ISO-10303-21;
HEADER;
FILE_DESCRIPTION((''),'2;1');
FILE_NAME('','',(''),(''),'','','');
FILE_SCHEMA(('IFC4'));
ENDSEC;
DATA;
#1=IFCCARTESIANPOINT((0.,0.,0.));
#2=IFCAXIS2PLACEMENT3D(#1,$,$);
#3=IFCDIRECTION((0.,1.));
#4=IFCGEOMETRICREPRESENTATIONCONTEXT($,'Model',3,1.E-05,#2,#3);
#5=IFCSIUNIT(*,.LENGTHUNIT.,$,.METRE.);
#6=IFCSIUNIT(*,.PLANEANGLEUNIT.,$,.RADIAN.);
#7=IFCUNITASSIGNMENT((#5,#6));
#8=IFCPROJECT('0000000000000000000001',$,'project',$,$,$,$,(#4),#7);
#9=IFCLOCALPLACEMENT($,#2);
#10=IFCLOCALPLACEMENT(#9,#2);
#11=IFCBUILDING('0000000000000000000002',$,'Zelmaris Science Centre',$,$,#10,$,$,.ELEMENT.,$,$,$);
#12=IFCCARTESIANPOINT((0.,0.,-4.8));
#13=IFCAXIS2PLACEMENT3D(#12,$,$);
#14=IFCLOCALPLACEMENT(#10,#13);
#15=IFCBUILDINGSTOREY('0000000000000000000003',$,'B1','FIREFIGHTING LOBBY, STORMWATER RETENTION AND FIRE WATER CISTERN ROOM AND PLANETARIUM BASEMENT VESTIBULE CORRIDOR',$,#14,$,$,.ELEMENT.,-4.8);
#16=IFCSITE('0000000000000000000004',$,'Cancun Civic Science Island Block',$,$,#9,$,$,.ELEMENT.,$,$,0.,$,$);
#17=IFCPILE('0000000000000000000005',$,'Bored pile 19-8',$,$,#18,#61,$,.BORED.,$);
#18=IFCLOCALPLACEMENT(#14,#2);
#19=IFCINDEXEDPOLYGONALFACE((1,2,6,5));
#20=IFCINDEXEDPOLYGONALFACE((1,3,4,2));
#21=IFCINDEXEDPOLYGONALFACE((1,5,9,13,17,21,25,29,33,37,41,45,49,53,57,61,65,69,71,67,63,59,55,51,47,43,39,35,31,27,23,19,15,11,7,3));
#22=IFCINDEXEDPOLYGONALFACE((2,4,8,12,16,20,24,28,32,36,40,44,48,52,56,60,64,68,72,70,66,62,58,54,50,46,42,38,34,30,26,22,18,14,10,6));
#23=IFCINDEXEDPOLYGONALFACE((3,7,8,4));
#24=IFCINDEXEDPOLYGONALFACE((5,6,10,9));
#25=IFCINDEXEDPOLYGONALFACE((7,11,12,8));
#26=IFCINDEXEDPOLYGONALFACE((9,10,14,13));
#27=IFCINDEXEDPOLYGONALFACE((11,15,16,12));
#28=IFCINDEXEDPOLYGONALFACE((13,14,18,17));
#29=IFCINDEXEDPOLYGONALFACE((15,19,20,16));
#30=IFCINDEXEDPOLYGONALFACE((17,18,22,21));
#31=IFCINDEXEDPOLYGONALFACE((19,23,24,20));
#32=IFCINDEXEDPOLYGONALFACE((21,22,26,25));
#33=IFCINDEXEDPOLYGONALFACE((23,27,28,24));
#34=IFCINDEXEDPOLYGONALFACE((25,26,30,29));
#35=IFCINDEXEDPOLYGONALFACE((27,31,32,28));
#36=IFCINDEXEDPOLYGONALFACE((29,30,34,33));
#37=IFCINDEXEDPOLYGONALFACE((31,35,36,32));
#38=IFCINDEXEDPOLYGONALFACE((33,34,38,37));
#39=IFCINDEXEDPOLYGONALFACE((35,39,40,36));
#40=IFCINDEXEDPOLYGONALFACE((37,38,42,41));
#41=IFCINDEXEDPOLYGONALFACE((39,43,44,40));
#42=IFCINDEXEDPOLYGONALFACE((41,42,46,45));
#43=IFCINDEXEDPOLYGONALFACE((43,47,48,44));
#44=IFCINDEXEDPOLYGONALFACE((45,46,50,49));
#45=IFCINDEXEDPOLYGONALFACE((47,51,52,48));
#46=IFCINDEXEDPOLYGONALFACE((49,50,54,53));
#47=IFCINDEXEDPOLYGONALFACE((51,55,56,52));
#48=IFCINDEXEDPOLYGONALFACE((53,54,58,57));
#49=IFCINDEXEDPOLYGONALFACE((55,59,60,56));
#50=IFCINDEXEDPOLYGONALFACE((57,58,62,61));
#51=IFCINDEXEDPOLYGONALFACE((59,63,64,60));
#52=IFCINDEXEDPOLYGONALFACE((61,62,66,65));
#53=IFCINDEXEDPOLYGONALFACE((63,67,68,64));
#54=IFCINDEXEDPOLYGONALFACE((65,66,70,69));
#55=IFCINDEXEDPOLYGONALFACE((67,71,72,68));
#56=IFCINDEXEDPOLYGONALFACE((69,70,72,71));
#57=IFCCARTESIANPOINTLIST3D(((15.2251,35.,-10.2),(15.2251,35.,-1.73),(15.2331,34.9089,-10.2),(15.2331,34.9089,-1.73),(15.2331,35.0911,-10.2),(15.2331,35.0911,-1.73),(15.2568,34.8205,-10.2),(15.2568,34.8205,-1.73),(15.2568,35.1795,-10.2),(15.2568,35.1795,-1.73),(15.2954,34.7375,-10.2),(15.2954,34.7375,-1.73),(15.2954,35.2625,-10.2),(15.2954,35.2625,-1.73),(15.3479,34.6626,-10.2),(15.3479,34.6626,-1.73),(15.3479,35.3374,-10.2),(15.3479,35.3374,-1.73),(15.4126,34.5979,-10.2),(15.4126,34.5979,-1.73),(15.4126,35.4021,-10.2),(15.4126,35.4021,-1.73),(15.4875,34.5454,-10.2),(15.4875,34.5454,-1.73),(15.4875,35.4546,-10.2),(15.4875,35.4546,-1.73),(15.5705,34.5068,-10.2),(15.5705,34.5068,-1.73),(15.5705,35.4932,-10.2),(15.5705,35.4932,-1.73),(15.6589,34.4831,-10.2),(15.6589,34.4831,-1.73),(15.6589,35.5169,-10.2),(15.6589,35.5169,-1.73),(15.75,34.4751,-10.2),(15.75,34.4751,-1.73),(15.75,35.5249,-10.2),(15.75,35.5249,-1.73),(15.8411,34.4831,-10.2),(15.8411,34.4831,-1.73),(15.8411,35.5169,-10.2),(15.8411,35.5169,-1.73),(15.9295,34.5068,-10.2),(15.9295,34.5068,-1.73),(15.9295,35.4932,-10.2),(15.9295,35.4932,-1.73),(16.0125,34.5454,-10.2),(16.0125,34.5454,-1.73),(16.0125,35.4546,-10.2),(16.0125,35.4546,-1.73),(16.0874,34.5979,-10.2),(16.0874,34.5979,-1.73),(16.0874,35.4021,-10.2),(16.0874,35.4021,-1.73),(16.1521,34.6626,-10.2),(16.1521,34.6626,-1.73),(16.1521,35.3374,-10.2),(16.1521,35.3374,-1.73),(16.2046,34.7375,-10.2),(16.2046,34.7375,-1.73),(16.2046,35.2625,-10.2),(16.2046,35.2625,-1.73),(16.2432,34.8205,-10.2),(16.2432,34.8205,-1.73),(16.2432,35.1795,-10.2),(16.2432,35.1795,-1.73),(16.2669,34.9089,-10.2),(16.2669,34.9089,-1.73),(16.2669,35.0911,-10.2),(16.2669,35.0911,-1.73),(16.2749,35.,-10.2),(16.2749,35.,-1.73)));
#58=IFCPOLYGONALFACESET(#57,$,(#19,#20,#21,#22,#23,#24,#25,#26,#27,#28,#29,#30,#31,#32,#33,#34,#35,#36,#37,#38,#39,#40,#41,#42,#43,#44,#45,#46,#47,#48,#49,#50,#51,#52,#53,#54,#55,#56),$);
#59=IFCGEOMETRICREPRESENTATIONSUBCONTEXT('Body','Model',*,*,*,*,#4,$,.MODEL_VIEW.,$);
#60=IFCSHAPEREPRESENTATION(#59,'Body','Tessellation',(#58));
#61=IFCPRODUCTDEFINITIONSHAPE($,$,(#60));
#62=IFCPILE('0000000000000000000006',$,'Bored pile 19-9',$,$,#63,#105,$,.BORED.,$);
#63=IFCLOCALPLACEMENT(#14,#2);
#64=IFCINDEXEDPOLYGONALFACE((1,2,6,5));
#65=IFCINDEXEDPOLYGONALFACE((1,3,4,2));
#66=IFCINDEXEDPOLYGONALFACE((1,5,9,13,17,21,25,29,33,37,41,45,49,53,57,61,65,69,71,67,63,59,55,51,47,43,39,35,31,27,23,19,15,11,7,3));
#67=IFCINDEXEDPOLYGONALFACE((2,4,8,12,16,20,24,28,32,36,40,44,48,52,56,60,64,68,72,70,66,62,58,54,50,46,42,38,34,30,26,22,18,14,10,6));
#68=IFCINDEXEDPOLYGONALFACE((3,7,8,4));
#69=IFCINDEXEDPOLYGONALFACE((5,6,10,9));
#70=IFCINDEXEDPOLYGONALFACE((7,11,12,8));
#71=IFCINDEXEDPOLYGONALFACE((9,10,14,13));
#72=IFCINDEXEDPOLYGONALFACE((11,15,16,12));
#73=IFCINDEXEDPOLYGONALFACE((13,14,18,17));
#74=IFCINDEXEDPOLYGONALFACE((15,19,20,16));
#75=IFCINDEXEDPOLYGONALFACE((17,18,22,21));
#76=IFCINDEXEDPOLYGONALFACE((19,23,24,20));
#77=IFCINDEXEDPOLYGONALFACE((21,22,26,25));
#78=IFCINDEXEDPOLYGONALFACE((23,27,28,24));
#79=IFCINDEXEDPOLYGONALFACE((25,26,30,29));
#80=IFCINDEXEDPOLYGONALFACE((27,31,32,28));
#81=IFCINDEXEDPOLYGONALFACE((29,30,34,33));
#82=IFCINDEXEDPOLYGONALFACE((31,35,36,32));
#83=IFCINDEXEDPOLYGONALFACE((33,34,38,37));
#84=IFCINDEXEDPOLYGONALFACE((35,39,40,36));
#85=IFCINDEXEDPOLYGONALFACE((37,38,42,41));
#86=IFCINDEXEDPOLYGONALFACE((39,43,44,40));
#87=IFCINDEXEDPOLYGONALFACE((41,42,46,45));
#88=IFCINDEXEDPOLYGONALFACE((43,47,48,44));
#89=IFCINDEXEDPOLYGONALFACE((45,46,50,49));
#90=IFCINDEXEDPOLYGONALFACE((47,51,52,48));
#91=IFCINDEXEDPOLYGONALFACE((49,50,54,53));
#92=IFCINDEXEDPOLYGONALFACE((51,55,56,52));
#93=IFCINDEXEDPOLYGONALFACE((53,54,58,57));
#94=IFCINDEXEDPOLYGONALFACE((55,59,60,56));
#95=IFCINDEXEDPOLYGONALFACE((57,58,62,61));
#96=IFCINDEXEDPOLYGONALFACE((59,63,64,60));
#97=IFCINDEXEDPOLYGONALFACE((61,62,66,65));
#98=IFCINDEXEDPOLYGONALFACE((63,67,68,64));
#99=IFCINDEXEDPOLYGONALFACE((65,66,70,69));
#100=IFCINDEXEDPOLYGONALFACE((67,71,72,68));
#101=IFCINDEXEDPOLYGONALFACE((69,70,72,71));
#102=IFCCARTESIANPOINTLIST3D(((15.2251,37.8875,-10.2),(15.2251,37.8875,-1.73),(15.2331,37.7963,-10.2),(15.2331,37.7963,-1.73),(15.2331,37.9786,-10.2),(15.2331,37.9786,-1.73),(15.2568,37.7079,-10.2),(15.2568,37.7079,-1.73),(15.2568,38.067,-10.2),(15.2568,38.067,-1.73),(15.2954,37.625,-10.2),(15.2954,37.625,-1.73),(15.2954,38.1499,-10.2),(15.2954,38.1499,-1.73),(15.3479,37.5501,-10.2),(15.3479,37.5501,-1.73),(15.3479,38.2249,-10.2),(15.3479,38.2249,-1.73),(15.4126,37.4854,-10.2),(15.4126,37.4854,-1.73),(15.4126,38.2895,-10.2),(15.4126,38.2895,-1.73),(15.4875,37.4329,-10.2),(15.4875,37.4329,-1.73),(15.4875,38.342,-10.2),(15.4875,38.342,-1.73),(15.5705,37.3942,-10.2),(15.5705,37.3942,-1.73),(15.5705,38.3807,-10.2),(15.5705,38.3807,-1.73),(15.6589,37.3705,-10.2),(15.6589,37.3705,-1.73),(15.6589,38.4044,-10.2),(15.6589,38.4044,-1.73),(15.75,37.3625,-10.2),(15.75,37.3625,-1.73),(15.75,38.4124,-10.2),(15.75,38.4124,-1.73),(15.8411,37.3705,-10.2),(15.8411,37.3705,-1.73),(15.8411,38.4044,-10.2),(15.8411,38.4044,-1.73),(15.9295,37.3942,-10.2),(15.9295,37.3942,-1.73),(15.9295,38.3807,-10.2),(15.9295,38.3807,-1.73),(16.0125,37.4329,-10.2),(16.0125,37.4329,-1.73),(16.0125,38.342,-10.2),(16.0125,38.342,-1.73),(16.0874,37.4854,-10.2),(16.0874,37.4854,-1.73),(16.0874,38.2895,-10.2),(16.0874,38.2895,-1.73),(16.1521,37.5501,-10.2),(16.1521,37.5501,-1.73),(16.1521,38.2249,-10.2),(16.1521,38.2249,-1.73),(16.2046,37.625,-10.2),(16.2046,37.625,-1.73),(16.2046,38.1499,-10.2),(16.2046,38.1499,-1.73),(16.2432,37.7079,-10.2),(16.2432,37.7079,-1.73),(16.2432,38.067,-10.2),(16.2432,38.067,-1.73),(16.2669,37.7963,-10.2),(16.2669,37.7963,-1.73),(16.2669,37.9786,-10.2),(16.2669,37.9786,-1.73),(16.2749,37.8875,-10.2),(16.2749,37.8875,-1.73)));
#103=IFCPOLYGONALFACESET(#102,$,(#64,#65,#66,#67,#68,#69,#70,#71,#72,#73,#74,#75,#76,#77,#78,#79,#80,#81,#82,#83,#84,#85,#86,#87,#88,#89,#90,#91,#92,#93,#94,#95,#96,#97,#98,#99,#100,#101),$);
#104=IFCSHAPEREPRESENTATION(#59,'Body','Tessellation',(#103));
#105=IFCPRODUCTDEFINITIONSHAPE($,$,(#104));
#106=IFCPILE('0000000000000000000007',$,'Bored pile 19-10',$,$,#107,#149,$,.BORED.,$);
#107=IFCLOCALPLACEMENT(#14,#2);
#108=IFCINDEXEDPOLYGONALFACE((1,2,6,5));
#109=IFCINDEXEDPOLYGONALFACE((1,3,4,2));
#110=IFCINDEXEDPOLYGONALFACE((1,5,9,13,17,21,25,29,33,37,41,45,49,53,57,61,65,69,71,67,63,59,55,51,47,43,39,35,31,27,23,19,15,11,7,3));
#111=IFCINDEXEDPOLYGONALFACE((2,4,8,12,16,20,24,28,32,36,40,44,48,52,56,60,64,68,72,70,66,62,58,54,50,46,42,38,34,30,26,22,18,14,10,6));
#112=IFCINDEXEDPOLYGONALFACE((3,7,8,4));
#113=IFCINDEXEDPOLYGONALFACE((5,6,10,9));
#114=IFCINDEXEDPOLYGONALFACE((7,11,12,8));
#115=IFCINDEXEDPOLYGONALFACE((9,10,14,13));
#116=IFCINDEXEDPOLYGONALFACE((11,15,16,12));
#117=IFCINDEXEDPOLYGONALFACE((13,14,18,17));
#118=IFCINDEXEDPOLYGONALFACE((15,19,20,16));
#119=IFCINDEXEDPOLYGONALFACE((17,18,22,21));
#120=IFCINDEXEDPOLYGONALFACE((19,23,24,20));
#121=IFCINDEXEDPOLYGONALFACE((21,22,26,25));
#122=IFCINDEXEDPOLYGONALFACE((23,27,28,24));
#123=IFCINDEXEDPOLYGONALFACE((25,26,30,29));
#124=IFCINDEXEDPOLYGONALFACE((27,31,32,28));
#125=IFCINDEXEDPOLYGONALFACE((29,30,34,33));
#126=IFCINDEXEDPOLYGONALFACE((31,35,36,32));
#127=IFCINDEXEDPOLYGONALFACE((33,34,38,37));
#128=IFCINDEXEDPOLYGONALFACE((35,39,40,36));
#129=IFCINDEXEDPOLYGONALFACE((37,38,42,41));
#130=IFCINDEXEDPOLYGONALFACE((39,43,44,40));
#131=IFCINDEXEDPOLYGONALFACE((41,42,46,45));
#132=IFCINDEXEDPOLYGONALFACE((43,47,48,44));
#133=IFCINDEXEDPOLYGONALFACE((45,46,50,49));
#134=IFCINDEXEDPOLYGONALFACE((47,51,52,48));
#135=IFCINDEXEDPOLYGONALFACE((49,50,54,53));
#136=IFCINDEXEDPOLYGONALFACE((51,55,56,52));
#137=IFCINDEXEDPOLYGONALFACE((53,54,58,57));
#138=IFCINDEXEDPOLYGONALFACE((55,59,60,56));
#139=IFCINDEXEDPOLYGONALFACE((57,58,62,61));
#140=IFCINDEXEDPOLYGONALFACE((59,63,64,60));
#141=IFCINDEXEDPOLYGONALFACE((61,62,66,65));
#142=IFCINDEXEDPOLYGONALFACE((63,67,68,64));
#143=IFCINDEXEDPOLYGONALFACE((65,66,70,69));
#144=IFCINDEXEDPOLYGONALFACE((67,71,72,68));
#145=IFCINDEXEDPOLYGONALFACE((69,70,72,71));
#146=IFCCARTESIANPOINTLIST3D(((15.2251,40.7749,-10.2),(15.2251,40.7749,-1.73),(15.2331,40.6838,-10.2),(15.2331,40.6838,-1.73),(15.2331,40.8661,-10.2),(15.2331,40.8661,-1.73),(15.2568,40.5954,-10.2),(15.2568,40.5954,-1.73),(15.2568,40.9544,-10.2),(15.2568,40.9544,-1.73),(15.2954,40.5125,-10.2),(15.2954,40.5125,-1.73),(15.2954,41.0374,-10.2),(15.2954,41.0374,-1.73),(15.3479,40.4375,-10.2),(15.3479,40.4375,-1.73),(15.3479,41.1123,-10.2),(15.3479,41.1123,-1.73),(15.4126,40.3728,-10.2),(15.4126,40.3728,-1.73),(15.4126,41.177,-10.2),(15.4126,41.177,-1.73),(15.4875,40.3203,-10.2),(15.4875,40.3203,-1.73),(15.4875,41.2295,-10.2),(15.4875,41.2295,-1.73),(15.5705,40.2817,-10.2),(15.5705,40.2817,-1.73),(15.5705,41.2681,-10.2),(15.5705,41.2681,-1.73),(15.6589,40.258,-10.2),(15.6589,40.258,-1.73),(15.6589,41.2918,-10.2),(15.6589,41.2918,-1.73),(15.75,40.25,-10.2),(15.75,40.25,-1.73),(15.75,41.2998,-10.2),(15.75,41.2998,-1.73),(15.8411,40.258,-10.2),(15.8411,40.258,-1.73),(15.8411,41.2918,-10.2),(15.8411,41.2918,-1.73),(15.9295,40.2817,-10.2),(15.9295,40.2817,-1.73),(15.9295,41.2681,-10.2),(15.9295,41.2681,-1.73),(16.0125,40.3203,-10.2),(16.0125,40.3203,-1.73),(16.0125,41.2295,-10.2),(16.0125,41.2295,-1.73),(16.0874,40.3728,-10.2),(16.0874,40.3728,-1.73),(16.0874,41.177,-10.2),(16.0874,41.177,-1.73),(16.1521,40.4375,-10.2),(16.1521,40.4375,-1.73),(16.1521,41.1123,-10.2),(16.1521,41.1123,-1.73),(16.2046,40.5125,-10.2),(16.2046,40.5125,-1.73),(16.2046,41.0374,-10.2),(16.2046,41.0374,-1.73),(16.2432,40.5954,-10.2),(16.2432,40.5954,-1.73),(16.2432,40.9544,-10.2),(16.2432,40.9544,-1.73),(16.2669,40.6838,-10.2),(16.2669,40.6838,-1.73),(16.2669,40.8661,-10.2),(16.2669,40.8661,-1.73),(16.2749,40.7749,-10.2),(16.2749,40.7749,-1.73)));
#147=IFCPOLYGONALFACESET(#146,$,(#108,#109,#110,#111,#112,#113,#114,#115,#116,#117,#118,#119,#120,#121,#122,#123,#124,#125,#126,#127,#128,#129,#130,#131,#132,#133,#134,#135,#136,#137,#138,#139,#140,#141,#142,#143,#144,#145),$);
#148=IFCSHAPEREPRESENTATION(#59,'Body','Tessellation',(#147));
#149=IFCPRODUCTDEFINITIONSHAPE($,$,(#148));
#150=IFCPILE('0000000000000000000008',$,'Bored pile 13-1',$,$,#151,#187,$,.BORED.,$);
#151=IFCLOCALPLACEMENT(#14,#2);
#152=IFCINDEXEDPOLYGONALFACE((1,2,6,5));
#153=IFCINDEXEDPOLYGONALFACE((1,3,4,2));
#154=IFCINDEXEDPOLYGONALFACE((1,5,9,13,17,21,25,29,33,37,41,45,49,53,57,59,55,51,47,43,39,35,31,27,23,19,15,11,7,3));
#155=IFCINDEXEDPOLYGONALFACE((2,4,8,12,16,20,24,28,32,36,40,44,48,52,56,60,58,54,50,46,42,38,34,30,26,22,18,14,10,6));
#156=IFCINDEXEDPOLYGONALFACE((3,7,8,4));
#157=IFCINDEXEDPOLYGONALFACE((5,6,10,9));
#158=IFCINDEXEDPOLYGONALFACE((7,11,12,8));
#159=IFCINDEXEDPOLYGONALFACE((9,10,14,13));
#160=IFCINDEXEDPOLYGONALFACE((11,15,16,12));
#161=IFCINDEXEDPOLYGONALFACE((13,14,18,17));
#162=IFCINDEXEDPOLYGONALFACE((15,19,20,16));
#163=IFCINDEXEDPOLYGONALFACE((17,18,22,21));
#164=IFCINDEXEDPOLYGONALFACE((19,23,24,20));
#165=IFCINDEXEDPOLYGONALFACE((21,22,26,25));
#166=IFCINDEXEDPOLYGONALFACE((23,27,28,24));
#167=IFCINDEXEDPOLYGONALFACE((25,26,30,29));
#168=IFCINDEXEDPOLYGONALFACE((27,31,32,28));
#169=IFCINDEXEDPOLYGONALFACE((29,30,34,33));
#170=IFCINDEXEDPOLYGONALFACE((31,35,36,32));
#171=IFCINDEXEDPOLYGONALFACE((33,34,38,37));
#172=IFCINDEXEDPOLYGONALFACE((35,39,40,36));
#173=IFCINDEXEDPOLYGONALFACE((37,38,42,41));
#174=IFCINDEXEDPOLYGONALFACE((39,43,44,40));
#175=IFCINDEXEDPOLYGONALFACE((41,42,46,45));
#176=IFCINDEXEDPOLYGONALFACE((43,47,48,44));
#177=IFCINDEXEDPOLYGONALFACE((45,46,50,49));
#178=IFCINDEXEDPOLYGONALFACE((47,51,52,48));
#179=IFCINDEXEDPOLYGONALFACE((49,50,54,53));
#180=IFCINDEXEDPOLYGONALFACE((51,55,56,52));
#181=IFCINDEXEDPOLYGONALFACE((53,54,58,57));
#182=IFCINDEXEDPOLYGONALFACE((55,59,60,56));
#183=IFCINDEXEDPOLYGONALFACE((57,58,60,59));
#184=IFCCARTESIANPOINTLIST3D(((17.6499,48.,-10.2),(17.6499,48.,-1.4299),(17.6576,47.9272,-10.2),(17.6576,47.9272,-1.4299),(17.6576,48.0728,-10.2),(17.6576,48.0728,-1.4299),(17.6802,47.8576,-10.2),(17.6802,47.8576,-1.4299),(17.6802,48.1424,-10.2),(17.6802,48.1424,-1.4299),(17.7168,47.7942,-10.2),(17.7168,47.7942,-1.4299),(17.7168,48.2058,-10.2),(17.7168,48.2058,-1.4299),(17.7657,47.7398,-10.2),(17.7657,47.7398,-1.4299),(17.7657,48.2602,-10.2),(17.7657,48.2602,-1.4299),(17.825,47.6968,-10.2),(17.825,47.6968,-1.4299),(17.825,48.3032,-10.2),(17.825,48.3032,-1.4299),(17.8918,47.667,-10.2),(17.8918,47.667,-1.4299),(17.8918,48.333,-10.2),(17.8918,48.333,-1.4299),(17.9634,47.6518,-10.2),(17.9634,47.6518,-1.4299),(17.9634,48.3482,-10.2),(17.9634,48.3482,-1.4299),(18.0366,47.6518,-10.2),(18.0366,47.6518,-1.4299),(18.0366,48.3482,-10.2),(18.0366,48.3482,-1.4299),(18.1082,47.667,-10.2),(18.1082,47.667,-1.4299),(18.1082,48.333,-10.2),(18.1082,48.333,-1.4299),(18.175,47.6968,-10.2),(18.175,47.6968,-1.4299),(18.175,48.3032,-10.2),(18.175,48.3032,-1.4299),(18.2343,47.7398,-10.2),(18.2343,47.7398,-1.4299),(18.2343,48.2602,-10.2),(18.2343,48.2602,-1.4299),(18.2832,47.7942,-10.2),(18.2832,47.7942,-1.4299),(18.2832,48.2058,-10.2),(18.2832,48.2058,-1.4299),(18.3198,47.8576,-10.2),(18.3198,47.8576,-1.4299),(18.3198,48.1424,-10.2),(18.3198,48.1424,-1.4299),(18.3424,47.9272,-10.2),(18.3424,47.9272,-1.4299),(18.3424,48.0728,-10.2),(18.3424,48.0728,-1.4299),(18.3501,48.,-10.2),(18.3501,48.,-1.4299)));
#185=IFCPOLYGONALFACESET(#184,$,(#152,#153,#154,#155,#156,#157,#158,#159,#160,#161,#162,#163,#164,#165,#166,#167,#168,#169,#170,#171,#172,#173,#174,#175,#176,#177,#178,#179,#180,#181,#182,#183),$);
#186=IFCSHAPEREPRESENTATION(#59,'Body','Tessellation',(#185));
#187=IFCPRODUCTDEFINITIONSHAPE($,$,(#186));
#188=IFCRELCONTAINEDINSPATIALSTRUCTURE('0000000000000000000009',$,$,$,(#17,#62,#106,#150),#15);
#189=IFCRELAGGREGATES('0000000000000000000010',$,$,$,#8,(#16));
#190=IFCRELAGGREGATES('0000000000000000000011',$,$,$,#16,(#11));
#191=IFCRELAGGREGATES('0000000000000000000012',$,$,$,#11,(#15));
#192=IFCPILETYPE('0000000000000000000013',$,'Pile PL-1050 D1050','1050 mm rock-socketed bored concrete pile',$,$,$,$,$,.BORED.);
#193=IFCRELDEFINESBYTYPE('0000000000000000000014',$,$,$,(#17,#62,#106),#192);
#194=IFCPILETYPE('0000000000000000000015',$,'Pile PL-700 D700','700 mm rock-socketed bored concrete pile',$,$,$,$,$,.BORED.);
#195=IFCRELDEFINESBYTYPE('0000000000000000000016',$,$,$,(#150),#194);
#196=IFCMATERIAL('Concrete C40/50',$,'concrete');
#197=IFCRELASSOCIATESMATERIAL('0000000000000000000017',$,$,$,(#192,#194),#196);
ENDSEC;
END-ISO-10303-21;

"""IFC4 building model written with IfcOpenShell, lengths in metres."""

from ifc_helpers import new_model, si_unit, direction, frame, origin, origin_2d, place, context, subcontext, project, spatial, circle, extrude, material, material_profile, profile_set, type_object, element, save


model = new_model("IFC4")

# Units and contexts
model_context = context("Model", 3, precision=1e-05, world=origin(), true_north=direction((0.0, 1.0)))
body_context = subcontext(model_context, "Body", "Model", "MODEL_VIEW")
ifc_project = project(units=[si_unit("LENGTHUNIT", "METRE"), si_unit("PLANEANGLEUNIT", "RADIAN")], contexts=[model_context])

# Site, building, storey
site_placement = place(None, origin())
site = spatial("IfcSite", under=ifc_project, at=site_placement, Name="Cancun Civic Science Island Block", CompositionType="ELEMENT", RefElevation=0.0)
building_placement = place(site_placement, origin())
building = spatial("IfcBuilding", under=site, at=building_placement, Name="Zelmaris Science Centre", CompositionType="ELEMENT")
storey_placement = place(building_placement, frame((0.0, 0.0, -4.8)))
storey = spatial("IfcBuildingStorey", under=building, at=storey_placement, Name="B1", Description="FIREFIGHTING LOBBY, STORMWATER RETENTION AND FIRE WATER CISTERN ROOM AND PLANETARIUM BASEMENT VESTIBULE CORRIDOR", CompositionType="ELEMENT", Elevation=-4.8)

# Shared definitions
ifc_material_1 = material(Name="Concrete C40/50", Category="concrete")

# Piles
ifc_material_profile_1 = material_profile(ifc_material_1, circle(Radius=0.5249, at=origin_2d()), Name="PILE-1050")
ifc_profile_set_1 = profile_set([ifc_material_profile_1], Name="Concrete C40/50")
pile_type_1 = type_object("IfcPileType", Name="Pile PL-1050 D1050", Description="1050 mm rock-socketed bored concrete pile", PredefinedType="BORED", material=ifc_profile_set_1)
for number, where, z_axis, x_axis, name in (
    (1, (15.75, 35.0, -1.73), (0.0, 0.0, -1.0), (1.0, 0.0, 0.0), "Bored pile 19-8"),
    (2, (15.75, 37.8875, -1.73), (0.0, 0.0, -1.0), (1.0, 0.0, 0.0), "Bored pile 19-9"),
    (3, (15.75, 40.7749, -1.73), (0.0, 0.0, -1.0), (1.0, 0.0, 0.0), "Bored pile 19-10"),
):
    element("IfcPile", number, at=place(storey_placement, frame(where, z_axis=z_axis, x_axis=x_axis)), inside=storey, type_object=pile_type_1, Name=name, PredefinedType="BORED", context=body_context, shape_type="SweptSolid", body=[
        extrude(circle(Radius=0.5249, at=origin_2d()), origin(), (0.0, 0.0, 1.0), 8.47),
    ])
ifc_material_profile_2 = material_profile(ifc_material_1, circle(Radius=0.3501, at=origin_2d()), Name="PILE-700")
ifc_profile_set_2 = profile_set([ifc_material_profile_2], Name="Concrete C40/50")
pile_type_2 = type_object("IfcPileType", Name="Pile PL-700 D700", Description="700 mm rock-socketed bored concrete pile", PredefinedType="BORED", material=ifc_profile_set_2)
pile_1_placement = place(storey_placement, frame((18.0, 48.0, -1.4299), z_axis=(0.0, 0.0, -1.0), x_axis=(1.0, 0.0, 0.0)))
element("IfcPile", 4, at=pile_1_placement, inside=storey, type_object=pile_type_2, Name="Bored pile 13-1", PredefinedType="BORED", context=body_context, shape_type="SweptSolid", body=[
    extrude(circle(Radius=0.3501, at=origin_2d()), origin(), (0.0, 0.0, 1.0), 8.77),
])

save(model, "model.ifc")
